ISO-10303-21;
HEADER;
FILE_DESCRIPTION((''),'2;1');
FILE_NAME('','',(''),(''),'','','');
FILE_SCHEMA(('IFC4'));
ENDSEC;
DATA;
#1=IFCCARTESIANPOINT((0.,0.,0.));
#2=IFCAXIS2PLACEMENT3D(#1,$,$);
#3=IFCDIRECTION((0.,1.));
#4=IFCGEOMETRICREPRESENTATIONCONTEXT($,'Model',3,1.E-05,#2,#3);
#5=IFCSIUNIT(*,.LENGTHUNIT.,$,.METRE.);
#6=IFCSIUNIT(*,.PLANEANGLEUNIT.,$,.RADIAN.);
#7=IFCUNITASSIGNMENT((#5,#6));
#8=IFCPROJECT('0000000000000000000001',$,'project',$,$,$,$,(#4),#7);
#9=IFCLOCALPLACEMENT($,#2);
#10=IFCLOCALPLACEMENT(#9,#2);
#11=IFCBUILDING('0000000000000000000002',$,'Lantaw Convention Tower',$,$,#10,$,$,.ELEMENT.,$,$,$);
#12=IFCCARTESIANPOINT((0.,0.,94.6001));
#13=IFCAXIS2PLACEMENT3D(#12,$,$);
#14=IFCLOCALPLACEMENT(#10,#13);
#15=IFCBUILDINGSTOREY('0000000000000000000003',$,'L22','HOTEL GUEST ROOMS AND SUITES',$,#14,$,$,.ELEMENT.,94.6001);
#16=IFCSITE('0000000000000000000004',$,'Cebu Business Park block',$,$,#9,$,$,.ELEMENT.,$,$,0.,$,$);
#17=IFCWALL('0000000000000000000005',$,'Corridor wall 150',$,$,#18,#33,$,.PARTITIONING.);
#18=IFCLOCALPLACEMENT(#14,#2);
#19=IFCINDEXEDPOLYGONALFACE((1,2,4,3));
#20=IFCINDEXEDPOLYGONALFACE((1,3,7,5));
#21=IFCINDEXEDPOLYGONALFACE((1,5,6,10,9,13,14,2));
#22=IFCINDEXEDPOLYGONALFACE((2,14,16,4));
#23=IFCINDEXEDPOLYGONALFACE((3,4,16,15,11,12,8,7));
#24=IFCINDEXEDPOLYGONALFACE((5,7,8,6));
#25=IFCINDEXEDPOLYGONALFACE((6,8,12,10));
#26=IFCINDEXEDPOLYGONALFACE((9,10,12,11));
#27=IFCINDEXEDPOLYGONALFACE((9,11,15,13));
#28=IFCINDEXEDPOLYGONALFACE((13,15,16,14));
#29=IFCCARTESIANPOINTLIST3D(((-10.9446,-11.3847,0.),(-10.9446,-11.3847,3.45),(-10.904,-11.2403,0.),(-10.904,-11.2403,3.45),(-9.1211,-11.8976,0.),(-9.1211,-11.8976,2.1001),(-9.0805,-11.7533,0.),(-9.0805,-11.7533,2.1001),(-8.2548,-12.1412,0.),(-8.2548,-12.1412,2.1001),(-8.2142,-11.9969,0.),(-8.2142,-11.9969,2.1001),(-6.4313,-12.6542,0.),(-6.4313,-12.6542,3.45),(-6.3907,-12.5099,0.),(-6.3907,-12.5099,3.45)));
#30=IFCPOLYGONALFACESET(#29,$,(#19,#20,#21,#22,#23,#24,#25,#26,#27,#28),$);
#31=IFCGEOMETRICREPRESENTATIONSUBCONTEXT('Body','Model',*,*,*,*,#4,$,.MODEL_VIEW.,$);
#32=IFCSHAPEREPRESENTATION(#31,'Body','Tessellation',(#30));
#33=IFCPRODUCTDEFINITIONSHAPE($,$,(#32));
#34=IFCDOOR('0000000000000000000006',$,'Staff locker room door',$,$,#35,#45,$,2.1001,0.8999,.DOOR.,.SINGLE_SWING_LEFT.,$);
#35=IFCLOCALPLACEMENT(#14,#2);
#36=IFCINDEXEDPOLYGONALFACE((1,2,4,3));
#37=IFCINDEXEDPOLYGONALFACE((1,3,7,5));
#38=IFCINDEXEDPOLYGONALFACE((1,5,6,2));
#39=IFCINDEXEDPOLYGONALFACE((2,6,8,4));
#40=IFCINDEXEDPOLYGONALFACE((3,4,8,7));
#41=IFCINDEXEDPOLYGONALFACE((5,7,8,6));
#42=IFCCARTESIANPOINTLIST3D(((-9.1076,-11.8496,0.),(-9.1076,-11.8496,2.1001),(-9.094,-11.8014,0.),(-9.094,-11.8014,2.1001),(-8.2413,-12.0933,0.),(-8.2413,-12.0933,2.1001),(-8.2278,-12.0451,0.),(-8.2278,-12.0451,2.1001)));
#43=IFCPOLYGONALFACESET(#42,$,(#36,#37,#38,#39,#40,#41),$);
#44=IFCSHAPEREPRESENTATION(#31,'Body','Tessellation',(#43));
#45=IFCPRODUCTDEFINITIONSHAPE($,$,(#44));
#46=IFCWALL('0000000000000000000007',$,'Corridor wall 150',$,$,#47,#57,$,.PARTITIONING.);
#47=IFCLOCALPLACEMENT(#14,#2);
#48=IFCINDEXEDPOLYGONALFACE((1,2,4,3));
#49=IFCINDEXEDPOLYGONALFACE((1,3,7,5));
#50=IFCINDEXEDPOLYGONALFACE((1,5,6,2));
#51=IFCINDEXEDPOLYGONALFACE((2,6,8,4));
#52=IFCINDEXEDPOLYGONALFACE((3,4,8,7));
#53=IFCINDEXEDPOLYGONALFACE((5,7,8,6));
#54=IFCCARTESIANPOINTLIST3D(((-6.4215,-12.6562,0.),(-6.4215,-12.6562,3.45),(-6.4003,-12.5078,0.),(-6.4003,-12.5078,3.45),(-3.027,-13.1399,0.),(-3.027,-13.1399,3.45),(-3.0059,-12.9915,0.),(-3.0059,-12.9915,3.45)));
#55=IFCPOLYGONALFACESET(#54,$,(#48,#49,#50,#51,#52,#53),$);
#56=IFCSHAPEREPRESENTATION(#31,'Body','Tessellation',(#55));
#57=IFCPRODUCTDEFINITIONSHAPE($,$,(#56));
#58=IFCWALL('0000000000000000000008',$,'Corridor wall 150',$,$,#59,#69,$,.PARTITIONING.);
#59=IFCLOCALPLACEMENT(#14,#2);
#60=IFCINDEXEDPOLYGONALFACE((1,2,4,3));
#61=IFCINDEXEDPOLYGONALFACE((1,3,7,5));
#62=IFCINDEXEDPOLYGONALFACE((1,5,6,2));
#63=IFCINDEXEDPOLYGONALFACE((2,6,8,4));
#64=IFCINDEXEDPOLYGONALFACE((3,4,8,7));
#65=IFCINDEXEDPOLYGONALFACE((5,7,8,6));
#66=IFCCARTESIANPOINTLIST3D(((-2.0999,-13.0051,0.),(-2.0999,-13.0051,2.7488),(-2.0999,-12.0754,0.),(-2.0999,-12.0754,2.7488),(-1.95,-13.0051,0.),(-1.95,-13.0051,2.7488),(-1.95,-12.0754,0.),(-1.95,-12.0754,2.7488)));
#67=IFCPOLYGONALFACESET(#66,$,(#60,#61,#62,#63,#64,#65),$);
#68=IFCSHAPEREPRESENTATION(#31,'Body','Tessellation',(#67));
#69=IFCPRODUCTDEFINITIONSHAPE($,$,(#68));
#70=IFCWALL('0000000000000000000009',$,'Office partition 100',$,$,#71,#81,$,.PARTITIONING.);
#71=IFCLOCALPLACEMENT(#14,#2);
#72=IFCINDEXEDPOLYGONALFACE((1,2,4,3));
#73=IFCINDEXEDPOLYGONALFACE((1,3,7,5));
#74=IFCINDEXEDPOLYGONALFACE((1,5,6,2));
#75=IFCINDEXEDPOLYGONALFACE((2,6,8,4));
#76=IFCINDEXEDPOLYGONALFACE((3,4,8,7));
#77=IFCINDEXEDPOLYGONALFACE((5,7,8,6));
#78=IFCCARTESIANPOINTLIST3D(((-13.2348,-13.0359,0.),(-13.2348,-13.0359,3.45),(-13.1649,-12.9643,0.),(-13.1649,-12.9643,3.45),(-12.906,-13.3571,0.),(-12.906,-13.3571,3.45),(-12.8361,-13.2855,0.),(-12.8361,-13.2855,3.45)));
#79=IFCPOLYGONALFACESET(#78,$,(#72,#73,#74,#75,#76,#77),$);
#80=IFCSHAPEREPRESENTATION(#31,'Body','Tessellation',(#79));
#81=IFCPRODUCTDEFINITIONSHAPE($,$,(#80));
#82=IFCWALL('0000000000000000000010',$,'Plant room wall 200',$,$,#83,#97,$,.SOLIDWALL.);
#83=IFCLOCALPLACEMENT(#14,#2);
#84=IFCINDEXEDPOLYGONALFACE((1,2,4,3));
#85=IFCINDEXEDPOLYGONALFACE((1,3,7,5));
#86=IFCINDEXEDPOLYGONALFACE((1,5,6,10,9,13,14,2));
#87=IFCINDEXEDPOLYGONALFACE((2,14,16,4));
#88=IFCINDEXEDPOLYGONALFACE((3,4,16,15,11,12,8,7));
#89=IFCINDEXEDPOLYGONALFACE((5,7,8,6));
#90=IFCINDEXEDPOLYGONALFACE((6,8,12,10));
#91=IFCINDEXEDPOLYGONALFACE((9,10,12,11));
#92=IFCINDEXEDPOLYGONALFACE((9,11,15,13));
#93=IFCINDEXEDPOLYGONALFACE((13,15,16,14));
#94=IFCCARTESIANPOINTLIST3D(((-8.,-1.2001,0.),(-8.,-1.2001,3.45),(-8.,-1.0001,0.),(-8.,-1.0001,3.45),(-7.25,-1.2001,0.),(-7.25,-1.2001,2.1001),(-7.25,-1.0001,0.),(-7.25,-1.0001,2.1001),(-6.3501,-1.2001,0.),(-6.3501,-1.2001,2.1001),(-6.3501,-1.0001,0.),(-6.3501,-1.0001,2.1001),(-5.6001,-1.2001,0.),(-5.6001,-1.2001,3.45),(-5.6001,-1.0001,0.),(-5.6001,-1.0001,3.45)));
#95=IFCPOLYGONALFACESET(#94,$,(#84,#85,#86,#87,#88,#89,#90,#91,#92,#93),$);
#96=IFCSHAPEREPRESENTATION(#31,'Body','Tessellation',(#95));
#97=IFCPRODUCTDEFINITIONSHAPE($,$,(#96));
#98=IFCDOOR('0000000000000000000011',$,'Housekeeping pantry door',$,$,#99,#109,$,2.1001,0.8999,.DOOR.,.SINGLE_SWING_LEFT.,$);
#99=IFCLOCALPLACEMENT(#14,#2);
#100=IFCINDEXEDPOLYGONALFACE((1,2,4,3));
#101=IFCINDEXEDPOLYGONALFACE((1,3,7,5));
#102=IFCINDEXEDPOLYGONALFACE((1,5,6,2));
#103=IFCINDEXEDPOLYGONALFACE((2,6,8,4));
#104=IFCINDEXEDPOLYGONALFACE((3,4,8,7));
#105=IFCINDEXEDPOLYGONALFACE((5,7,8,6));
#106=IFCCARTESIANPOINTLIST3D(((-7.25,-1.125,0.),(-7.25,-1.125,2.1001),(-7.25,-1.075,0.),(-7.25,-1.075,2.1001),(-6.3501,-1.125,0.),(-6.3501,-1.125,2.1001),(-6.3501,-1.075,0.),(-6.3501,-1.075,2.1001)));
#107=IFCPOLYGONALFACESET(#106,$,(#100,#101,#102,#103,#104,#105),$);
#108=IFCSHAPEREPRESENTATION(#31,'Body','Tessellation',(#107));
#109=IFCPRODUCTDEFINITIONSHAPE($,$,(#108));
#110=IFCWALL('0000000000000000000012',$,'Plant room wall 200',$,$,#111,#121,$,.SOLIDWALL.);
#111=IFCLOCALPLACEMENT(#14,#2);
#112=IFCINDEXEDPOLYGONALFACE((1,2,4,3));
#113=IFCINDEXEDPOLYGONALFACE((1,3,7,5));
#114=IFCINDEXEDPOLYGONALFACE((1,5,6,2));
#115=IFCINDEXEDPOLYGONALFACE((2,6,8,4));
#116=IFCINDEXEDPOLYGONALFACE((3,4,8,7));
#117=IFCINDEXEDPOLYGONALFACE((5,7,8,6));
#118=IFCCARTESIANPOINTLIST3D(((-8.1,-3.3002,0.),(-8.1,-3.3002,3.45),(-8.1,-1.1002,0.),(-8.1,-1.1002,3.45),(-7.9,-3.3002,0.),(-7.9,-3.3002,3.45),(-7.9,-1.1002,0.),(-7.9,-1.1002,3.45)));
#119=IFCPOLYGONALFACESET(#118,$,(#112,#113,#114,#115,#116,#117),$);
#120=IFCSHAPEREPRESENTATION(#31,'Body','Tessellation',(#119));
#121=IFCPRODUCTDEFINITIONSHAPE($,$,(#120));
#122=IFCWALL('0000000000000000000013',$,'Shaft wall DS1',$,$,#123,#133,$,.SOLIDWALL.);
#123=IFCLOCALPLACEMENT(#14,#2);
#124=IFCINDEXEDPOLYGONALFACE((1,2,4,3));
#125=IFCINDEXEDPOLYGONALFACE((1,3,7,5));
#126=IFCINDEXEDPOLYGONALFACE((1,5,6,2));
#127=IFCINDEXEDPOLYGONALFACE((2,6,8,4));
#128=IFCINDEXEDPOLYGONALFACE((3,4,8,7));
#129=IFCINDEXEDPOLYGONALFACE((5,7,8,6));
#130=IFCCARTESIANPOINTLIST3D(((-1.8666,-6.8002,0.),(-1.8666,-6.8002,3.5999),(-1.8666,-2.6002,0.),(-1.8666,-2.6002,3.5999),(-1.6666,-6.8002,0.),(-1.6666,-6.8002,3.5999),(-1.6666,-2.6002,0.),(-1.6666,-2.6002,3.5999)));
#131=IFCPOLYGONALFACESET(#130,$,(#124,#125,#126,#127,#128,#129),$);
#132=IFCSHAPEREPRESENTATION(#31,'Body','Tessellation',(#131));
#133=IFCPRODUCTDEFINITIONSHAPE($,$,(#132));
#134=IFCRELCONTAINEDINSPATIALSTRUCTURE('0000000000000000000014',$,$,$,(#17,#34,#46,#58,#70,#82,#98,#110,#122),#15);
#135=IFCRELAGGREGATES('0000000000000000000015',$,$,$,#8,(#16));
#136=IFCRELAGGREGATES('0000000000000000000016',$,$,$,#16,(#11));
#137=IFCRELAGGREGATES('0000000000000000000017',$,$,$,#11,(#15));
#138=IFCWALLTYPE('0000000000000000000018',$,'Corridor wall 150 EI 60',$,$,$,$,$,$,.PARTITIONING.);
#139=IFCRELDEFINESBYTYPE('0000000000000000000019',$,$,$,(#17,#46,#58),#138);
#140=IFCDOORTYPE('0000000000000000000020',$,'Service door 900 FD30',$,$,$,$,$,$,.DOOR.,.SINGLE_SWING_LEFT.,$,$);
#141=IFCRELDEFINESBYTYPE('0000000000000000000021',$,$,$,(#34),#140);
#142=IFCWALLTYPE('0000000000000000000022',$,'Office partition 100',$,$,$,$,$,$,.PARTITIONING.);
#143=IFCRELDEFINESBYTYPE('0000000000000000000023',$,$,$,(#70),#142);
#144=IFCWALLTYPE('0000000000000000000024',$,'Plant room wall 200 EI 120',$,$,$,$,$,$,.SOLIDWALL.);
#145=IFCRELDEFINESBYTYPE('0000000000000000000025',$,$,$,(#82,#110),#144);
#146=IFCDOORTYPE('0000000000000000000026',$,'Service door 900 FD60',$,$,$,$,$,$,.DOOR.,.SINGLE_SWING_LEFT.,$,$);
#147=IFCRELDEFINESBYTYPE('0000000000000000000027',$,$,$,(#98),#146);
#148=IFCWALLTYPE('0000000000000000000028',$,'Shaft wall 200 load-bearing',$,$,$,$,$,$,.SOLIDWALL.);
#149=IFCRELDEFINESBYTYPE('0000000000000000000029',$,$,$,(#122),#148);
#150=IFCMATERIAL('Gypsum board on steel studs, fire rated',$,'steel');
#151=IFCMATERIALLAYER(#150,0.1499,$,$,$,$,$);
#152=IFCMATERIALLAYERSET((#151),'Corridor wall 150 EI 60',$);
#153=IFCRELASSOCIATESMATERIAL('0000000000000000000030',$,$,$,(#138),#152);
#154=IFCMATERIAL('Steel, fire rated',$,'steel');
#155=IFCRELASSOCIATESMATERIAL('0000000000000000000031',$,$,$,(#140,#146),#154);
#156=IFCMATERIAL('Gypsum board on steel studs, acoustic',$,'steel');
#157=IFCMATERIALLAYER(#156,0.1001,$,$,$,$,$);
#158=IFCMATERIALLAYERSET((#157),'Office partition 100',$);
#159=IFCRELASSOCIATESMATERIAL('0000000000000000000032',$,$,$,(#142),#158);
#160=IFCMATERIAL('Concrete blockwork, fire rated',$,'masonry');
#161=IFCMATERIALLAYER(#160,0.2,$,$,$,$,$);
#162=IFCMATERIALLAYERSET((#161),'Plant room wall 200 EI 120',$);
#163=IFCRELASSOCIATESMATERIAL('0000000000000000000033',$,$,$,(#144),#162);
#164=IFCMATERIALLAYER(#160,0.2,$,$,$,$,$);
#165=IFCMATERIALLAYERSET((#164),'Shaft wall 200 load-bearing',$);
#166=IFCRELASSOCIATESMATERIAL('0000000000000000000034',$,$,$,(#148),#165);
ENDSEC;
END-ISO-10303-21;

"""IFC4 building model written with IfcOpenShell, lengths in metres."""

from ifc_helpers import new_model, si_unit, direction, frame, frame_2d, origin, place, context, subcontext, project, spatial, rectangle, extrude, material, layer, layer_set, type_object, element, fill, save


model = new_model("IFC4")

# Units and contexts
model_context = context("Model", 3, precision=1e-05, world=origin(), true_north=direction((0.0, 1.0)))
body_context = subcontext(model_context, "Body", "Model", "MODEL_VIEW")
ifc_project = project(units=[si_unit("LENGTHUNIT", "METRE"), si_unit("PLANEANGLEUNIT", "RADIAN")], contexts=[model_context])

# Site, building, storey
site_placement = place(None, origin())
site = spatial("IfcSite", under=ifc_project, at=site_placement, Name="Cebu Business Park block", CompositionType="ELEMENT", RefElevation=0.0)
building_placement = place(site_placement, origin())
building = spatial("IfcBuilding", under=site, at=building_placement, Name="Lantaw Convention Tower", CompositionType="ELEMENT")
storey_placement = place(building_placement, frame((0.0, 0.0, 94.6001)))
storey = spatial("IfcBuildingStorey", under=building, at=storey_placement, Name="L22", Description="HOTEL GUEST ROOMS AND SUITES", CompositionType="ELEMENT", Elevation=94.6001)

# Shared definitions
ifc_material_1 = material(Name="Steel, fire rated", Category="steel")

# Shared definitions
ifc_material_2 = material(Name="Gypsum board on steel studs, fire rated", Category="steel")
ifc_layer_1 = layer(ifc_material_2, 0.1499)
ifc_layer_set_1 = layer_set([ifc_layer_1], Name="Corridor wall 150 EI 60")
wall_type_1 = type_object("IfcWallType", Name="Corridor wall 150 EI 60", PredefinedType="PARTITIONING", material=ifc_layer_set_1)

# Wall, opening, door
wall_1_placement = place(storey_placement, frame((-10.9243, -11.3125, 0.0), z_axis=(0.0, 0.0, 1.0), x_axis=(0.962644, -0.270771, 0.0)))
wall_1 = element("IfcWall", 1, at=wall_1_placement, inside=storey, type_object=wall_type_1, Name="Corridor wall 150", PredefinedType="PARTITIONING", context=body_context, shape_type="SweptSolid", body=[
    extrude(rectangle(XDim=4.6885, YDim=0.1499, at=frame_2d((2.3442, 0.0))), origin(), (0.0, 0.0, 1.0), 3.45),
])
opening_1_placement = place(wall_1_placement, frame((1.8943, 0.0, 0.0)))
opening_1 = element("IfcOpeningElement", 2, at=opening_1_placement, cuts=wall_1, PredefinedType="OPENING", context=body_context, shape_type="SweptSolid", body=[
    extrude(rectangle(XDim=0.8999, YDim=2.1001, at=frame_2d((0.45, 1.05))), frame((0.0, 0.085, 0.0), z_axis=(0.0, -1.0, 0.0), x_axis=(1.0, 0.0, 0.0)), (0.0, 0.0, 1.0), 0.1699),
])
door_type_1 = type_object("IfcDoorType", Name="Service door 900 FD30", OperationType="SINGLE_SWING_LEFT", PredefinedType="DOOR", material=ifc_material_1)
door_1_placement = place(opening_1_placement, origin())
door_1 = element("IfcDoor", 3, at=door_1_placement, inside=storey, type_object=door_type_1, Name="Staff locker room door", OperationType="SINGLE_SWING_LEFT", OverallHeight=2.1001, OverallWidth=0.8999, PredefinedType="DOOR", context=body_context, shape_type="SweptSolid", body=[
    extrude(rectangle(XDim=0.8999, YDim=2.1001, at=frame_2d((0.45, 1.05))), frame((0.0, 0.0249, 0.0), z_axis=(0.0, -1.0, 0.0), x_axis=(1.0, 0.0, 0.0)), (0.0, 0.0, 1.0), 0.05),
])
fill(opening_1, door_1)

# Walls
wall_2_placement = place(storey_placement, frame((-6.4109, -12.582, 0.0), z_axis=(0.0, 0.0, 1.0), x_axis=(0.990002, -0.141053, 0.0)))
element("IfcWall", 4, at=wall_2_placement, inside=storey, type_object=wall_type_1, Name="Corridor wall 150", PredefinedType="PARTITIONING", context=body_context, shape_type="SweptSolid", body=[
    extrude(rectangle(XDim=3.4287, YDim=0.1499, at=frame_2d((1.7144, 0.0))), origin(), (0.0, 0.0, 1.0), 3.45),
])
wall_3_placement = place(storey_placement, frame((-2.0249, -13.0051, 0.0), z_axis=(0.0, 0.0, 1.0), x_axis=(0.0, 1.0, 0.0)))
element("IfcWall", 5, at=wall_3_placement, inside=storey, type_object=wall_type_1, Name="Corridor wall 150", PredefinedType="PARTITIONING", context=body_context, shape_type="SweptSolid", body=[
    extrude(rectangle(XDim=0.9297, YDim=0.1499, at=frame_2d((0.4648, 0.0))), origin(), (0.0, 0.0, 1.0), 2.7488),
])
ifc_material_3 = material(Name="Gypsum board on steel studs, acoustic", Category="steel")
ifc_layer_2 = layer(ifc_material_3, 0.1001)
ifc_layer_set_2 = layer_set([ifc_layer_2], Name="Office partition 100")
wall_type_2 = type_object("IfcWallType", Name="Office partition 100", PredefinedType="PARTITIONING", material=ifc_layer_set_2)
wall_4_placement = place(storey_placement, frame((-13.2, -13.0, 0.0), z_axis=(0.0, 0.0, 1.0), x_axis=(0.71529, -0.698828, 0.0)))
element("IfcWall", 6, at=wall_4_placement, inside=storey, type_object=wall_type_2, Name="Office partition 100", PredefinedType="PARTITIONING", context=body_context, shape_type="SweptSolid", body=[
    extrude(rectangle(XDim=0.4597, YDim=0.1001, at=frame_2d((0.23, 0.0))), origin(), (0.0, 0.0, 1.0), 3.45),
])

# Wall, opening, door
ifc_material_4 = material(Name="Concrete blockwork, fire rated", Category="masonry")
ifc_layer_3 = layer(ifc_material_4, 0.2)
ifc_layer_set_3 = layer_set([ifc_layer_3], Name="Plant room wall 200 EI 120")
wall_type_3 = type_object("IfcWallType", Name="Plant room wall 200 EI 120", PredefinedType="SOLIDWALL", material=ifc_layer_set_3)
wall_5_placement = place(storey_placement, frame((-5.6001, -1.1001, 0.0), z_axis=(0.0, 0.0, 1.0), x_axis=(-1.0, 0.0, 0.0)))
wall_5 = element("IfcWall", 7, at=wall_5_placement, inside=storey, type_object=wall_type_3, Name="Plant room wall 200", PredefinedType="SOLIDWALL", context=body_context, shape_type="SweptSolid", body=[
    extrude(rectangle(XDim=2.3999, YDim=0.2, at=frame_2d((1.2, 0.0))), origin(), (0.0, 0.0, 1.0), 3.45),
])
opening_2_placement = place(wall_5_placement, frame((0.75, 0.0, 0.0)))
opening_2 = element("IfcOpeningElement", 8, at=opening_2_placement, cuts=wall_5, PredefinedType="OPENING", context=body_context, shape_type="SweptSolid", body=[
    extrude(rectangle(XDim=0.8999, YDim=2.1001, at=frame_2d((0.45, 1.05))), frame((0.0, 0.1099, 0.0), z_axis=(0.0, -1.0, 0.0), x_axis=(1.0, 0.0, 0.0)), (0.0, 0.0, 1.0), 0.22),
])
door_type_2 = type_object("IfcDoorType", Name="Service door 900 FD60", OperationType="SINGLE_SWING_LEFT", PredefinedType="DOOR", material=ifc_material_1)
door_2_placement = place(opening_2_placement, origin())
door_2 = element("IfcDoor", 9, at=door_2_placement, inside=storey, type_object=door_type_2, Name="Housekeeping pantry door", OperationType="SINGLE_SWING_LEFT", OverallHeight=2.1001, OverallWidth=0.8999, PredefinedType="DOOR", context=body_context, shape_type="SweptSolid", body=[
    extrude(rectangle(XDim=0.8999, YDim=2.1001, at=frame_2d((0.45, 1.05))), frame((0.0, 0.0249, 0.0), z_axis=(0.0, -1.0, 0.0), x_axis=(1.0, 0.0, 0.0)), (0.0, 0.0, 1.0), 0.05),
])
fill(opening_2, door_2)

# Walls
wall_6_placement = place(storey_placement, frame((-8.0, -1.1001, 0.0), z_axis=(0.0, 0.0, 1.0), x_axis=(0.0, -1.0, 0.0)))
element("IfcWall", 10, at=wall_6_placement, inside=storey, type_object=wall_type_3, Name="Plant room wall 200", PredefinedType="SOLIDWALL", context=body_context, shape_type="SweptSolid", body=[
    extrude(rectangle(XDim=2.2, YDim=0.2, at=frame_2d((1.1001, 0.0))), origin(), (0.0, 0.0, 1.0), 3.45),
])
ifc_layer_4 = layer(ifc_material_4, 0.2)
ifc_layer_set_4 = layer_set([ifc_layer_4], Name="Shaft wall 200 load-bearing")
wall_type_4 = type_object("IfcWallType", Name="Shaft wall 200 load-bearing", PredefinedType="SOLIDWALL", material=ifc_layer_set_4)
wall_7_placement = place(storey_placement, frame((-1.7666, -2.6001, 0.0), z_axis=(0.0, 0.0, 1.0), x_axis=(0.0, -1.0, 0.0)))
element("IfcWall", 11, at=wall_7_placement, inside=storey, type_object=wall_type_4, Name="Shaft wall DS1", PredefinedType="SOLIDWALL", context=body_context, shape_type="SweptSolid", body=[
    extrude(rectangle(XDim=4.2, YDim=0.2, at=frame_2d((2.1001, 0.0))), origin(), (0.0, 0.0, 1.0), 3.5999),
])

save(model, "model.ifc")
